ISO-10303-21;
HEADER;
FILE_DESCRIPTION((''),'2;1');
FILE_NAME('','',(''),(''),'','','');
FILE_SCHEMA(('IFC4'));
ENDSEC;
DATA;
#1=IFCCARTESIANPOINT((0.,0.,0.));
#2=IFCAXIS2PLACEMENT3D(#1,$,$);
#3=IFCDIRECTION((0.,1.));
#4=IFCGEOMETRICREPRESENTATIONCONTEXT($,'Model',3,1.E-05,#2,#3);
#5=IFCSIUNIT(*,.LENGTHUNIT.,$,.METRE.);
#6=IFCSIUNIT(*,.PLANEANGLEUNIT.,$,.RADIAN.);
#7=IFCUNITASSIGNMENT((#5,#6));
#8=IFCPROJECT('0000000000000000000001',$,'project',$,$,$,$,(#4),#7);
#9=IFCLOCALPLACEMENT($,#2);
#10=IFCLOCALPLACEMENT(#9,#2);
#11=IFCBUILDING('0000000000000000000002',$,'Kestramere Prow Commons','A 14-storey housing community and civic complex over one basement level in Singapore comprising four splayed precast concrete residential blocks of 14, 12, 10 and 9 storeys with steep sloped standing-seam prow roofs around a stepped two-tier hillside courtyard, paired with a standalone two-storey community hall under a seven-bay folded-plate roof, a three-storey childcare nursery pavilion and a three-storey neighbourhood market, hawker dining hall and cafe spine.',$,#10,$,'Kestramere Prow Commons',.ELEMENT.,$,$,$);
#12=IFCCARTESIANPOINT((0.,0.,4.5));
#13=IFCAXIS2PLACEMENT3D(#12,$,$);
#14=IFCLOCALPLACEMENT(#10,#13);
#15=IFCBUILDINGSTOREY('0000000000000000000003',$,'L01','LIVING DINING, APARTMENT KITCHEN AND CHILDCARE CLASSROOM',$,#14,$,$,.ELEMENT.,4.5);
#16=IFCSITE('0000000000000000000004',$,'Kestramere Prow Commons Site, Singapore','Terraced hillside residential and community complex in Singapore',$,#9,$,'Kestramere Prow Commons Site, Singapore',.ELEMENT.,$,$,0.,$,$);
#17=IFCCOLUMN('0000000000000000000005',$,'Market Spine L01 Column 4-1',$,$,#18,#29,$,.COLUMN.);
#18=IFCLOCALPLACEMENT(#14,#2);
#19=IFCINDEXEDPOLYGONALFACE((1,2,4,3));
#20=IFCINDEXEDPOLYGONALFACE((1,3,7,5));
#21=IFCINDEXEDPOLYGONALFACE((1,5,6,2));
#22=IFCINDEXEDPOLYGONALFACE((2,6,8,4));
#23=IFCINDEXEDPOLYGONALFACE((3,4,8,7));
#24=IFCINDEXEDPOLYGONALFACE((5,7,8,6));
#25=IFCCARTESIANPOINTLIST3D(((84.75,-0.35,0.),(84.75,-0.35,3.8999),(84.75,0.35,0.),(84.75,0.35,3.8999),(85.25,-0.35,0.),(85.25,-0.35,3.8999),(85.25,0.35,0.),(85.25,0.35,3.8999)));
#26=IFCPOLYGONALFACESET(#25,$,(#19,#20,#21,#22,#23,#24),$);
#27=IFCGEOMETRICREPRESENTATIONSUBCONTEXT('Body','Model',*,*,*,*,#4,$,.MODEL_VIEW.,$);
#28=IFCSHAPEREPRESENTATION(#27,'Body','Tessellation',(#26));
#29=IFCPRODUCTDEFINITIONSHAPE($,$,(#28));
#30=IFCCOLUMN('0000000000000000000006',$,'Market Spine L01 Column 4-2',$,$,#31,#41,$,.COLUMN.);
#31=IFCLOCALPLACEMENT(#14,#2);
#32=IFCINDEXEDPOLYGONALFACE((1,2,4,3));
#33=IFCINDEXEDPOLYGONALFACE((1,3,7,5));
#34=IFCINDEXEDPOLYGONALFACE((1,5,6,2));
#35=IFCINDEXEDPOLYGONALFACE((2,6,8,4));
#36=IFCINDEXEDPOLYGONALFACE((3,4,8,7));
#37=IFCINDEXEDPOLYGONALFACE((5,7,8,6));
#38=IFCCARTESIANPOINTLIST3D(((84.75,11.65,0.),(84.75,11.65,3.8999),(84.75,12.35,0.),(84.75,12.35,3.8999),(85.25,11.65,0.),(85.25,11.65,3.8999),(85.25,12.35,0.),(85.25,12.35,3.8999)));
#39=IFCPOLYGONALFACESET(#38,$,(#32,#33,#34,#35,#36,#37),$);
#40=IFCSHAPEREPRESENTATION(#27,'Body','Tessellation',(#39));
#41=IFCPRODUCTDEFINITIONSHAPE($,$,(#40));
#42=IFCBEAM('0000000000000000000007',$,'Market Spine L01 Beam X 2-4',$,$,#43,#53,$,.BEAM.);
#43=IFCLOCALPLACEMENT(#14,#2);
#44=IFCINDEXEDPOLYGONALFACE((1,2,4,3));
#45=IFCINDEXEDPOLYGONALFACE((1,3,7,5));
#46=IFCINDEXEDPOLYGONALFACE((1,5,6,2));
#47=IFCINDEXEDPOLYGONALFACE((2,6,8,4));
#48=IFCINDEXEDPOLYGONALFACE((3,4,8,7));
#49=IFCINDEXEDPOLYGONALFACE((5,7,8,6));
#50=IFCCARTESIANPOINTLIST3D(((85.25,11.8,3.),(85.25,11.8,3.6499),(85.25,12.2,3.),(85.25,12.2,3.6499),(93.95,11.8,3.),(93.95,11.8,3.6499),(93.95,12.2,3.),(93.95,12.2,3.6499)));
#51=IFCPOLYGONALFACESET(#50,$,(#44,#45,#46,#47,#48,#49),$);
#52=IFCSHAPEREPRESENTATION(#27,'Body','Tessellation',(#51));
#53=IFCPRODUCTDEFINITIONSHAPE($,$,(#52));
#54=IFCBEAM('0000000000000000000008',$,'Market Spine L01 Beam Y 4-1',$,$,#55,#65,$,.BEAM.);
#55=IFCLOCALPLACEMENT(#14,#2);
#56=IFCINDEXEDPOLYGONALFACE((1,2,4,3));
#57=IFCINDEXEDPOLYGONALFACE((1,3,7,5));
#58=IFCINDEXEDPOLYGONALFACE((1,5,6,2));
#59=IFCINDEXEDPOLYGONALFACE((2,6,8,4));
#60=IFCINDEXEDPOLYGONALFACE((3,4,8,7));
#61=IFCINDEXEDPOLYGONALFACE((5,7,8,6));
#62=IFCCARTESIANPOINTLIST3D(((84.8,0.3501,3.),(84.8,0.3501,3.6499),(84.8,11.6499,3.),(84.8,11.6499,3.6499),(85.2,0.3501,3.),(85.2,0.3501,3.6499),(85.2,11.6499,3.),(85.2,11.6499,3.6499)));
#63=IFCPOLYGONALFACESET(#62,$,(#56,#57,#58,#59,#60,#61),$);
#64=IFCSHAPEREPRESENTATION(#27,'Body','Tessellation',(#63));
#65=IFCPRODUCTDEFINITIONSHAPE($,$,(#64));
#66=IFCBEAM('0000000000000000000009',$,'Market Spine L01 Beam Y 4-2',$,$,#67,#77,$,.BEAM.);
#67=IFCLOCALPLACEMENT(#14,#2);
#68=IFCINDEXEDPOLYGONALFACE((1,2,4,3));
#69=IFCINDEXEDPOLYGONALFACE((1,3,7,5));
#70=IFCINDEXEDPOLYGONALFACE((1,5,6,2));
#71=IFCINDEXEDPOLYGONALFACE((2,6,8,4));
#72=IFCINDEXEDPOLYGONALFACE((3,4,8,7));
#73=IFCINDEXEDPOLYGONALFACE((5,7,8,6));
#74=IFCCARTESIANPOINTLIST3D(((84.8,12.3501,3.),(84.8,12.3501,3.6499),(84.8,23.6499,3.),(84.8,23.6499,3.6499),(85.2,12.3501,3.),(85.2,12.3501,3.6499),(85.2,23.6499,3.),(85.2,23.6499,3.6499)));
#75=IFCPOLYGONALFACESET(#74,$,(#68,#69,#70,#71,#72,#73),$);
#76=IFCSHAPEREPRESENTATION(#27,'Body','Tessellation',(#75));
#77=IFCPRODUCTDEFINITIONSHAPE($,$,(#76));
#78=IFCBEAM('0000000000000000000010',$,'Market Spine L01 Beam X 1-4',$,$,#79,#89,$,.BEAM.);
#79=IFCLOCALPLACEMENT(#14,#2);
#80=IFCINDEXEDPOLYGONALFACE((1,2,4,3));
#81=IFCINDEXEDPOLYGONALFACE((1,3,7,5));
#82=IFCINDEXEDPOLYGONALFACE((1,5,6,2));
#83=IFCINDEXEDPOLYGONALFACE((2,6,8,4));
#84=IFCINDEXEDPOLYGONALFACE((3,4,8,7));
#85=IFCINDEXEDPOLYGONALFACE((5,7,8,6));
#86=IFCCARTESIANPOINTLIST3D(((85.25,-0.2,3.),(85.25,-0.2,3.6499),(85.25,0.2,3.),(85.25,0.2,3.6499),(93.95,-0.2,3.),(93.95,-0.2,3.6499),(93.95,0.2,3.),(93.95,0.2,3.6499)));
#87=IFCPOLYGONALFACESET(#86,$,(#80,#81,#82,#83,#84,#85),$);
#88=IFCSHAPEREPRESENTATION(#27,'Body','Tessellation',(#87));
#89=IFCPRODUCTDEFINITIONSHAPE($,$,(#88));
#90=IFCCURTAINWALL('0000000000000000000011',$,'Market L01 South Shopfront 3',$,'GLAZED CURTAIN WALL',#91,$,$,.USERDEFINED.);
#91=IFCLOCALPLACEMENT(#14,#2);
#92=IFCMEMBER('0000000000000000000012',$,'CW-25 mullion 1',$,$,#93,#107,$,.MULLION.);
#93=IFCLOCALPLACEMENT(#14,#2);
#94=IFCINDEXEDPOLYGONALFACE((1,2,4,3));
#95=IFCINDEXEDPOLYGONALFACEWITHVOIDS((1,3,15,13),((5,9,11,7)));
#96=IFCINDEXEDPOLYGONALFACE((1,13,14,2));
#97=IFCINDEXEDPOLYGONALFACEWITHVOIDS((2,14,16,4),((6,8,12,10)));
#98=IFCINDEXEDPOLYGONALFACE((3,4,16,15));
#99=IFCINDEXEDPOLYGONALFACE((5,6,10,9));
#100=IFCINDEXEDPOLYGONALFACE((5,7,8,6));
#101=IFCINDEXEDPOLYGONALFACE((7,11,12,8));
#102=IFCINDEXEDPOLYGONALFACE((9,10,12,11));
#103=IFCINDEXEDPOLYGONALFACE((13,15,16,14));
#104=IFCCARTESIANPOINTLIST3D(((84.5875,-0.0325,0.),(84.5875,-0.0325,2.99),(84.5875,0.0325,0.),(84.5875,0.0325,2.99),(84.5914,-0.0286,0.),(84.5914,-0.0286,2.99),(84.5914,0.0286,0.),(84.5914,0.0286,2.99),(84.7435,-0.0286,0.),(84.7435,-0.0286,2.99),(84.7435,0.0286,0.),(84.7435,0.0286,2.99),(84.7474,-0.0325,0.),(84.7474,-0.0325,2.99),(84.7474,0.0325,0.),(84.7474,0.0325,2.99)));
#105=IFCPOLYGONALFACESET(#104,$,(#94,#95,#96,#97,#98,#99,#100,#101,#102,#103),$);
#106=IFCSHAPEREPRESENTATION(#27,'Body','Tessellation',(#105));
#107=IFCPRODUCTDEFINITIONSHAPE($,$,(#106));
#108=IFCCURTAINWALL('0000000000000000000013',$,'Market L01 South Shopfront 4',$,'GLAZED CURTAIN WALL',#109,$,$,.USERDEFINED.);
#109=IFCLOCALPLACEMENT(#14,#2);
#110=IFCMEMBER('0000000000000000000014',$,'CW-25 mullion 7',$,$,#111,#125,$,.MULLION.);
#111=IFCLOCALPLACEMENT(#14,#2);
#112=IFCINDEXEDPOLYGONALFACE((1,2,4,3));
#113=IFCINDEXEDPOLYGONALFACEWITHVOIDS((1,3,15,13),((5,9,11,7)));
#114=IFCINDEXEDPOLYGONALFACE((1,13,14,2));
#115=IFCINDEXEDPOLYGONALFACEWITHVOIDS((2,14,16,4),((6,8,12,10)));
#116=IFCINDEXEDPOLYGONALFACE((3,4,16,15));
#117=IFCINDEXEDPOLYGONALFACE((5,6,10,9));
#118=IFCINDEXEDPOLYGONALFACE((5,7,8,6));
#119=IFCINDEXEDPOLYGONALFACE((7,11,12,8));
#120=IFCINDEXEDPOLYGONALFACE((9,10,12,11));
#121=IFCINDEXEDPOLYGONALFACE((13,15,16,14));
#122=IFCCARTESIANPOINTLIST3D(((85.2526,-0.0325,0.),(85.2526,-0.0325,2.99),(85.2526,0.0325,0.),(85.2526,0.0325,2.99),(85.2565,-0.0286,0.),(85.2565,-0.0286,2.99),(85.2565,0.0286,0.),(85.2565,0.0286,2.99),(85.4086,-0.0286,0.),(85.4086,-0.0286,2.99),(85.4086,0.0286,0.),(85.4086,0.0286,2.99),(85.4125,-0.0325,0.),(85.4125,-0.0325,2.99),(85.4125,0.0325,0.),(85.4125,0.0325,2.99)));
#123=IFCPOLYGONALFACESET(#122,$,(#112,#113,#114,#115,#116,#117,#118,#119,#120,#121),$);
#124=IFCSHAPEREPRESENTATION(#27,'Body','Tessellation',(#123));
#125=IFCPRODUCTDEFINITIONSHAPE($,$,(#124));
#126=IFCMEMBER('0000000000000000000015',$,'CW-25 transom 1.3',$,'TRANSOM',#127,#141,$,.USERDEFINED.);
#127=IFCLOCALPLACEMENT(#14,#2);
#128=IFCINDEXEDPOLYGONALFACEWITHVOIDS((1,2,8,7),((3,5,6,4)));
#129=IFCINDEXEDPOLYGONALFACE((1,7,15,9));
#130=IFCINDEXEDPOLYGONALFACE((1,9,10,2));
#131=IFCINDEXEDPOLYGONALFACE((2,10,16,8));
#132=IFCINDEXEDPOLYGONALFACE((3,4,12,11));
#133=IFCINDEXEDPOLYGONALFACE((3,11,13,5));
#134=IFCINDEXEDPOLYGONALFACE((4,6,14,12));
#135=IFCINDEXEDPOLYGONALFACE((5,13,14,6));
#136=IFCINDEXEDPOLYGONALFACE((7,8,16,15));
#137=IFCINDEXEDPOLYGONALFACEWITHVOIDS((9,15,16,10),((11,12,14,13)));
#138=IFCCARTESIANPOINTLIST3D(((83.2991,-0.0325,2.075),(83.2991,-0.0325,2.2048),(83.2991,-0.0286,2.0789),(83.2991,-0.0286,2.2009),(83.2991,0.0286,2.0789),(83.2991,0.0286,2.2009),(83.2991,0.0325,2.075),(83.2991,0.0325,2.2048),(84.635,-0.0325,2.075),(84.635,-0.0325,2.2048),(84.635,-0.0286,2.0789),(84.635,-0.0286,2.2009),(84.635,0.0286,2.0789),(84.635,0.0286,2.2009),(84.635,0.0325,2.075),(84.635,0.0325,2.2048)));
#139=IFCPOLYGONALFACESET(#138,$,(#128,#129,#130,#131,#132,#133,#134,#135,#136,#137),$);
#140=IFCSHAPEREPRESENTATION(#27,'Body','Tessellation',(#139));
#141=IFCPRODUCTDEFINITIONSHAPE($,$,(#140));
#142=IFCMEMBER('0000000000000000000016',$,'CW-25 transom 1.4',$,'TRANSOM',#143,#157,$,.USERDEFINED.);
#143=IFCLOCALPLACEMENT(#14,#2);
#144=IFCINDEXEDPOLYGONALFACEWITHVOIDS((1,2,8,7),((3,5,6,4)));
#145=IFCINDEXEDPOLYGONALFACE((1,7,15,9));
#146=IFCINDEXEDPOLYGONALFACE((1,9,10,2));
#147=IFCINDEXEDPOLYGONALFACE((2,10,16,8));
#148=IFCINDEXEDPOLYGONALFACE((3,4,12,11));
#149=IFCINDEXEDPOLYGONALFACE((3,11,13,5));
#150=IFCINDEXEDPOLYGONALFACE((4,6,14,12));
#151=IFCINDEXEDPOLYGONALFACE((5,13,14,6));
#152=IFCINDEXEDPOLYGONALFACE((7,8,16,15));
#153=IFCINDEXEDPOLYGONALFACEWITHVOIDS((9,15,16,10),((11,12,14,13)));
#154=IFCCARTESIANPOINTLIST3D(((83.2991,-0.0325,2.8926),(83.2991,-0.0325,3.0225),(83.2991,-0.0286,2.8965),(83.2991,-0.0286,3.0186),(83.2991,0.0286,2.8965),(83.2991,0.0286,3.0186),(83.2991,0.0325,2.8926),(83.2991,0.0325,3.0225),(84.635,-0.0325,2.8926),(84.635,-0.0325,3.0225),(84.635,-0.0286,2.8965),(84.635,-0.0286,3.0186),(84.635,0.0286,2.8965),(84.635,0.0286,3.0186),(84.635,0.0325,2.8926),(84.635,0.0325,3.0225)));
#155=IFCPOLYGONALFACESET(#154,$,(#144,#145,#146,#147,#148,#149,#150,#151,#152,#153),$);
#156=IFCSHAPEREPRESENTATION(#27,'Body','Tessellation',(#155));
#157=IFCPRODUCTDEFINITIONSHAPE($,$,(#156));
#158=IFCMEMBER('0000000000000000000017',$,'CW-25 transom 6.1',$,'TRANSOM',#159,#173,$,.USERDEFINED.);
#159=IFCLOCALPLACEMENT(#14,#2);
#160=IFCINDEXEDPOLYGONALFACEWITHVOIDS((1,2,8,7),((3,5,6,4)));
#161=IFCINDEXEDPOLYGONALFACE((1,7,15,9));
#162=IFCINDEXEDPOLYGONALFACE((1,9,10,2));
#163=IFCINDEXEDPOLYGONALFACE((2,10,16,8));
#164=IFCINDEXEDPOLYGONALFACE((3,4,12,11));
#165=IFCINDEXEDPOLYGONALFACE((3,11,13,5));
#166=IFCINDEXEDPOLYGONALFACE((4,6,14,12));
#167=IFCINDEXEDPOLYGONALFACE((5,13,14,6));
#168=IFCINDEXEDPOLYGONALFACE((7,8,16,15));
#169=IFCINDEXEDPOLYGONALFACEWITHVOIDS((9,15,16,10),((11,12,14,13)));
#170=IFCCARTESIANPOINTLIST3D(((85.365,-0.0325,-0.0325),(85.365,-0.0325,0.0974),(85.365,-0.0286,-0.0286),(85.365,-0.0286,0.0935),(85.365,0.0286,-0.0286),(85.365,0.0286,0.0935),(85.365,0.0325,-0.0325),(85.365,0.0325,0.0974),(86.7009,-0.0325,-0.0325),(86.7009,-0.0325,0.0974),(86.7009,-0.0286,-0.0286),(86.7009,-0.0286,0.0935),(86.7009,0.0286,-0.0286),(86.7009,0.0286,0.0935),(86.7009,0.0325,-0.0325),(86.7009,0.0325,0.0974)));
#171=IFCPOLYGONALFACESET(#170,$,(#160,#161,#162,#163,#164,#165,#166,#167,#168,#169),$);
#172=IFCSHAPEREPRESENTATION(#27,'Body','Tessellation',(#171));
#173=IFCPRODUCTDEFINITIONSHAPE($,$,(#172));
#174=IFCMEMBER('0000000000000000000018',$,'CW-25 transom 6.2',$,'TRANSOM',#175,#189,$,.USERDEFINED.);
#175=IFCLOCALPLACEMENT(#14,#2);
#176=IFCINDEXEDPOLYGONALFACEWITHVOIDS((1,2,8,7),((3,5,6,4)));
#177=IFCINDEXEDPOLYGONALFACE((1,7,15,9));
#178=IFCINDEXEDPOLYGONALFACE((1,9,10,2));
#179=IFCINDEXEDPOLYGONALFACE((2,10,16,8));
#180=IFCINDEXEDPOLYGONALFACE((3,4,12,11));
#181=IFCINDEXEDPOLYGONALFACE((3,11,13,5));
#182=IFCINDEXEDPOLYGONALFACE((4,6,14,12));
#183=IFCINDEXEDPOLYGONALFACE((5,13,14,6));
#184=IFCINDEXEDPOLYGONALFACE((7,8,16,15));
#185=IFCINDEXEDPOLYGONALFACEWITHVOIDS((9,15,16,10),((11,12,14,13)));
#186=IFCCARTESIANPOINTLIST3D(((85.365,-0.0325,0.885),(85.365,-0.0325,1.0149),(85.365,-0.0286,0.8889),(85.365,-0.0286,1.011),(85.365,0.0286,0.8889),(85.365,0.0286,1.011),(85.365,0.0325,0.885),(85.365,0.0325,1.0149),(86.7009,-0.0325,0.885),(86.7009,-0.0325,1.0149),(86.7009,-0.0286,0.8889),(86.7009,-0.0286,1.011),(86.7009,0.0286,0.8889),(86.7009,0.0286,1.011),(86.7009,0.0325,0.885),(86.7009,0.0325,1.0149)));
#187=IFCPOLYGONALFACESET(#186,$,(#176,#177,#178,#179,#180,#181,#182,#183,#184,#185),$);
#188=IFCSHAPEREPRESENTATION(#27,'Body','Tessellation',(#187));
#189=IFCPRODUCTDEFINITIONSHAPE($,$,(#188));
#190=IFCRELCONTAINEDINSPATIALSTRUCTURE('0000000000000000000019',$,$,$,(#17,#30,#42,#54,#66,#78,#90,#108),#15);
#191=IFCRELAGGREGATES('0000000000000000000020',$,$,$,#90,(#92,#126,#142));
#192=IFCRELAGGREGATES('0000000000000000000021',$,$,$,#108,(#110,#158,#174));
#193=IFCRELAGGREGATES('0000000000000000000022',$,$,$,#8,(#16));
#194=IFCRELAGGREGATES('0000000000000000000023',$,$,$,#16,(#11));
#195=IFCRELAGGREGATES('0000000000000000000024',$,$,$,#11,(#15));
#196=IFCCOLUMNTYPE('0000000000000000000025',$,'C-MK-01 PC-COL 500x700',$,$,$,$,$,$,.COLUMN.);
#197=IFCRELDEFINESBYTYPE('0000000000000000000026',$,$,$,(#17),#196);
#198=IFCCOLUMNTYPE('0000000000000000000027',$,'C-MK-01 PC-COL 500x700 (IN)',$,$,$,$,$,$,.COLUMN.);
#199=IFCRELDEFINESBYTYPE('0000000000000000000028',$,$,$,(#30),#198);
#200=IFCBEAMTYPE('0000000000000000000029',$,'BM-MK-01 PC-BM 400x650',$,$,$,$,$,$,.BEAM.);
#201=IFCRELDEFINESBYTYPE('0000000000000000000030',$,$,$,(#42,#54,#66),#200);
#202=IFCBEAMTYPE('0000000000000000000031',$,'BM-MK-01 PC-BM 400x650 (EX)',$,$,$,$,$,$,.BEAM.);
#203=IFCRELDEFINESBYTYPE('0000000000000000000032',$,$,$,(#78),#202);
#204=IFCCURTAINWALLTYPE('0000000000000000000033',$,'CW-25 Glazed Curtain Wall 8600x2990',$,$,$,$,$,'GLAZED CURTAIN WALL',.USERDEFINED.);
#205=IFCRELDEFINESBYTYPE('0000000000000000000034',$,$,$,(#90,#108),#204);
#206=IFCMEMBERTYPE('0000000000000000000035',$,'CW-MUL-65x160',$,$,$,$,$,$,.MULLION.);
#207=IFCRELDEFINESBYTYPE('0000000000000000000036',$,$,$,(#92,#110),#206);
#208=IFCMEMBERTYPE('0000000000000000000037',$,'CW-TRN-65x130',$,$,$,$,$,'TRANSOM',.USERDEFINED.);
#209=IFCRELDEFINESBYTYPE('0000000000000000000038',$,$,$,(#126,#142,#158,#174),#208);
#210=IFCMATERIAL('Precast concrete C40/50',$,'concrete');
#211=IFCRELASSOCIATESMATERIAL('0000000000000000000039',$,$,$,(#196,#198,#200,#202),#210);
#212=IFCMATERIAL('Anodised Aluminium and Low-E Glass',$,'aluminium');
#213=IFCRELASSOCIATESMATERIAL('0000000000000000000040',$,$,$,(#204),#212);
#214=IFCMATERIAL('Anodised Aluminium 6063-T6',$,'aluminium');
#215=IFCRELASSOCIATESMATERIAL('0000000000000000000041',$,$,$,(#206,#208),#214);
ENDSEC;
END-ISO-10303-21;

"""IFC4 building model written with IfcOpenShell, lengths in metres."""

from ifc_helpers import new_model, si_unit, direction, frame, origin, origin_2d, place, context, subcontext, project, spatial, rectangle, hollow_rectangle, extrude, material, material_profile, profile_set, type_object, element, aggregate, save


model = new_model("IFC4")

# Units and contexts
model_context = context("Model", 3, precision=1e-05, world=origin(), true_north=direction((0.0, 1.0)))
body_context = subcontext(model_context, "Body", "Model", "MODEL_VIEW")
ifc_project = project(units=[si_unit("LENGTHUNIT", "METRE"), si_unit("PLANEANGLEUNIT", "RADIAN")], contexts=[model_context])

# Site, building, storey
site_placement = place(None, origin())
site = spatial("IfcSite", under=ifc_project, at=site_placement, Name="Kestramere Prow Commons Site, Singapore", Description="Terraced hillside residential and community complex in Singapore", LongName="Kestramere Prow Commons Site, Singapore", CompositionType="ELEMENT", RefElevation=0.0)
building_placement = place(site_placement, origin())
building = spatial("IfcBuilding", under=site, at=building_placement, Name="Kestramere Prow Commons", Description="A 14-storey housing community and civic complex over one basement level in Singapore comprising four splayed precast concrete residential blocks of 14, 12, 10 and 9 storeys with steep sloped standing-seam prow roofs around a stepped two-tier hillside courtyard, paired with a standalone two-storey community hall under a seven-bay folded-plate roof, a three-storey childcare nursery pavilion and a three-storey neighbourhood market, hawker dining hall and cafe spine.", LongName="Kestramere Prow Commons", CompositionType="ELEMENT")
storey_placement = place(building_placement, frame((0.0, 0.0, 4.5)))
storey = spatial("IfcBuildingStorey", under=building, at=storey_placement, Name="L01", Description="LIVING DINING, APARTMENT KITCHEN AND CHILDCARE CLASSROOM", CompositionType="ELEMENT", Elevation=4.5)

# Columns
ifc_material_1 = material(Name="Precast concrete C40/50", Category="concrete")
ifc_material_profile_1 = material_profile(ifc_material_1, rectangle(XDim=0.5, YDim=0.7, at=origin_2d()), Name="PC-COL 500x700")
ifc_profile_set_1 = profile_set([ifc_material_profile_1], Name="Precast concrete C40/50")
column_type_1 = type_object("IfcColumnType", Name="C-MK-01 PC-COL 500x700", PredefinedType="COLUMN", material=ifc_profile_set_1)
column_1_placement = place(storey_placement, frame((85.0, 0.0, 0.0), z_axis=(0.0, 0.0, 1.0), x_axis=(1.0, 0.0, 0.0)))
element("IfcColumn", 1, at=column_1_placement, inside=storey, type_object=column_type_1, Name="Market Spine L01 Column 4-1", PredefinedType="COLUMN", context=body_context, shape_type="SweptSolid", body=[
    extrude(rectangle(XDim=0.5, YDim=0.7, at=origin_2d()), origin(), (0.0, 0.0, 1.0), 3.8999),
])
ifc_material_profile_2 = material_profile(ifc_material_1, rectangle(XDim=0.5, YDim=0.7, at=origin_2d()), Name="PC-COL 500x700")
ifc_profile_set_2 = profile_set([ifc_material_profile_2], Name="Precast concrete C40/50")
column_type_2 = type_object("IfcColumnType", Name="C-MK-01 PC-COL 500x700 (IN)", PredefinedType="COLUMN", material=ifc_profile_set_2)
column_2_placement = place(storey_placement, frame((85.0, 12.0, 0.0), z_axis=(0.0, 0.0, 1.0), x_axis=(1.0, 0.0, 0.0)))
element("IfcColumn", 2, at=column_2_placement, inside=storey, type_object=column_type_2, Name="Market Spine L01 Column 4-2", PredefinedType="COLUMN", context=body_context, shape_type="SweptSolid", body=[
    extrude(rectangle(XDim=0.5, YDim=0.7, at=origin_2d()), origin(), (0.0, 0.0, 1.0), 3.8999),
])

# Beams
ifc_material_profile_3 = material_profile(ifc_material_1, rectangle(XDim=0.3999, YDim=0.6499, at=origin_2d()), Name="PC-BM 400x650")
ifc_profile_set_3 = profile_set([ifc_material_profile_3], Name="Precast concrete C40/50")
beam_type_1 = type_object("IfcBeamType", Name="BM-MK-01 PC-BM 400x650", PredefinedType="BEAM", material=ifc_profile_set_3)
beam_1_placement = place(storey_placement, frame((85.25, 12.0, 3.325), z_axis=(1.0, 0.0, 0.0), x_axis=(0.0, 1.0, 0.0)))
element("IfcBeam", 3, at=beam_1_placement, inside=storey, type_object=beam_type_1, Name="Market Spine L01 Beam X 2-4", PredefinedType="BEAM", context=body_context, shape_type="SweptSolid", body=[
    extrude(rectangle(XDim=0.3999, YDim=0.6499, at=origin_2d()), origin(), (0.0, 0.0, 1.0), 8.7),
])
for number, where, z_axis, x_axis, name in (
    (4, (85.0, 0.3501, 3.325), (0.0, 1.0, 0.0), (-1.0, 0.0, 0.0), "Market Spine L01 Beam Y 4-1"),
    (5, (85.0, 12.3501, 3.325), (0.0, 1.0, 0.0), (-1.0, 0.0, 0.0), "Market Spine L01 Beam Y 4-2"),
):
    element("IfcBeam", number, at=place(storey_placement, frame(where, z_axis=z_axis, x_axis=x_axis)), inside=storey, type_object=beam_type_1, Name=name, PredefinedType="BEAM", context=body_context, shape_type="SweptSolid", body=[
        extrude(rectangle(XDim=0.3999, YDim=0.6499, at=origin_2d()), origin(), (0.0, 0.0, 1.0), 11.2998),
    ])
ifc_material_profile_4 = material_profile(ifc_material_1, rectangle(XDim=0.3999, YDim=0.6499, at=origin_2d()), Name="PC-BM 400x650")
ifc_profile_set_4 = profile_set([ifc_material_profile_4], Name="Precast concrete C40/50")
beam_type_2 = type_object("IfcBeamType", Name="BM-MK-01 PC-BM 400x650 (EX)", PredefinedType="BEAM", material=ifc_profile_set_4)
beam_2_placement = place(storey_placement, frame((85.25, 0.0, 3.325), z_axis=(1.0, 0.0, 0.0), x_axis=(0.0, 1.0, 0.0)))
element("IfcBeam", 6, at=beam_2_placement, inside=storey, type_object=beam_type_2, Name="Market Spine L01 Beam X 1-4", PredefinedType="BEAM", context=body_context, shape_type="SweptSolid", body=[
    extrude(rectangle(XDim=0.3999, YDim=0.6499, at=origin_2d()), origin(), (0.0, 0.0, 1.0), 8.7),
])

# Curtain walls, members
ifc_material_2 = material(Name="Anodised Aluminium and Low-E Glass", Category="aluminium")
curtain_wall_type = type_object("IfcCurtainWallType", Name="CW-25 Glazed Curtain Wall 8600x2990", ElementType="GLAZED CURTAIN WALL", PredefinedType="USERDEFINED", material=ifc_material_2)
curtain_wall_1_placement = place(storey_placement, origin())
curtain_wall_1 = element("IfcCurtainWall", 7, at=curtain_wall_1_placement, inside=storey, type_object=curtain_wall_type, Name="Market L01 South Shopfront 3", ObjectType="GLAZED CURTAIN WALL", PredefinedType="USERDEFINED")
ifc_material_3 = material(Name="Anodised Aluminium 6063-T6", Category="aluminium")
ifc_material_profile_5 = material_profile(ifc_material_3, hollow_rectangle(XDim=0.0649, YDim=0.1599, WallThickness=0.0039, at=origin_2d()), Name="ALU-MUL 65x160")
ifc_profile_set_5 = profile_set([ifc_material_profile_5], Name="Anodised Aluminium 6063-T6")
member_type_1 = type_object("IfcMemberType", Name="CW-MUL-65x160", PredefinedType="MULLION", material=ifc_profile_set_5)
member_1_placement = place(storey_placement, frame((84.6675, 0.0, 0.0), z_axis=(0.0, 0.0, 1.0), x_axis=(0.0, -1.0, 0.0)))
member_1 = element("IfcMember", 8, at=member_1_placement, type_object=member_type_1, Name="CW-25 mullion 1", PredefinedType="MULLION", context=body_context, shape_type="SweptSolid", body=[
    extrude(hollow_rectangle(XDim=0.0649, YDim=0.1599, WallThickness=0.0039, at=origin_2d()), origin(), (0.0, 0.0, 1.0), 2.99),
])
curtain_wall_2_placement = place(storey_placement, origin())
curtain_wall_2 = element("IfcCurtainWall", 9, at=curtain_wall_2_placement, inside=storey, type_object=curtain_wall_type, Name="Market L01 South Shopfront 4", ObjectType="GLAZED CURTAIN WALL", PredefinedType="USERDEFINED")
member_2_placement = place(storey_placement, frame((85.3325, 0.0, 0.0), z_axis=(0.0, 0.0, 1.0), x_axis=(0.0, -1.0, 0.0)))
member_2 = element("IfcMember", 10, at=member_2_placement, type_object=member_type_1, Name="CW-25 mullion 7", PredefinedType="MULLION", context=body_context, shape_type="SweptSolid", body=[
    extrude(hollow_rectangle(XDim=0.0649, YDim=0.1599, WallThickness=0.0039, at=origin_2d()), origin(), (0.0, 0.0, 1.0), 2.99),
])

# Members
ifc_material_profile_6 = material_profile(ifc_material_3, hollow_rectangle(XDim=0.0649, YDim=0.1299, WallThickness=0.0039, at=origin_2d()), Name="ALU-TRN 65x130")
ifc_profile_set_6 = profile_set([ifc_material_profile_6], Name="Anodised Aluminium 6063-T6")
member_type_2 = type_object("IfcMemberType", Name="CW-TRN-65x130", ElementType="TRANSOM", PredefinedType="USERDEFINED", material=ifc_profile_set_6)
member_3_placement = place(storey_placement, frame((84.635, 0.0, 2.1399), z_axis=(-1.0, 0.0, 0.0), x_axis=(0.0, -1.0, 0.0)))
member_3 = element("IfcMember", 11, at=member_3_placement, type_object=member_type_2, Name="CW-25 transom 1.3", ObjectType="TRANSOM", PredefinedType="USERDEFINED", context=body_context, shape_type="SweptSolid", body=[
    extrude(hollow_rectangle(XDim=0.0649, YDim=0.1299, WallThickness=0.0039, at=origin_2d()), origin(), (0.0, 0.0, 1.0), 1.3359),
])
member_4_placement = place(storey_placement, frame((84.635, 0.0, 2.9575), z_axis=(-1.0, 0.0, 0.0), x_axis=(0.0, -1.0, 0.0)))
member_4 = element("IfcMember", 12, at=member_4_placement, type_object=member_type_2, Name="CW-25 transom 1.4", ObjectType="TRANSOM", PredefinedType="USERDEFINED", context=body_context, shape_type="SweptSolid", body=[
    extrude(hollow_rectangle(XDim=0.0649, YDim=0.1299, WallThickness=0.0039, at=origin_2d()), origin(), (0.0, 0.0, 1.0), 1.3359),
])
aggregate(curtain_wall_1, [member_1, member_3, member_4])
member_5_placement = place(storey_placement, frame((86.7009, 0.0, 0.0325), z_axis=(-1.0, 0.0, 0.0), x_axis=(0.0, -1.0, 0.0)))
member_5 = element("IfcMember", 13, at=member_5_placement, type_object=member_type_2, Name="CW-25 transom 6.1", ObjectType="TRANSOM", PredefinedType="USERDEFINED", context=body_context, shape_type="SweptSolid", body=[
    extrude(hollow_rectangle(XDim=0.0649, YDim=0.1299, WallThickness=0.0039, at=origin_2d()), origin(), (0.0, 0.0, 1.0), 1.3359),
])
member_6_placement = place(storey_placement, frame((86.7009, 0.0, 0.95), z_axis=(-1.0, 0.0, 0.0), x_axis=(0.0, -1.0, 0.0)))
member_6 = element("IfcMember", 14, at=member_6_placement, type_object=member_type_2, Name="CW-25 transom 6.2", ObjectType="TRANSOM", PredefinedType="USERDEFINED", context=body_context, shape_type="SweptSolid", body=[
    extrude(hollow_rectangle(XDim=0.0649, YDim=0.1299, WallThickness=0.0039, at=origin_2d()), origin(), (0.0, 0.0, 1.0), 1.3359),
])

aggregate(curtain_wall_2, [member_2, member_5, member_6])

save(model, "model.ifc")
